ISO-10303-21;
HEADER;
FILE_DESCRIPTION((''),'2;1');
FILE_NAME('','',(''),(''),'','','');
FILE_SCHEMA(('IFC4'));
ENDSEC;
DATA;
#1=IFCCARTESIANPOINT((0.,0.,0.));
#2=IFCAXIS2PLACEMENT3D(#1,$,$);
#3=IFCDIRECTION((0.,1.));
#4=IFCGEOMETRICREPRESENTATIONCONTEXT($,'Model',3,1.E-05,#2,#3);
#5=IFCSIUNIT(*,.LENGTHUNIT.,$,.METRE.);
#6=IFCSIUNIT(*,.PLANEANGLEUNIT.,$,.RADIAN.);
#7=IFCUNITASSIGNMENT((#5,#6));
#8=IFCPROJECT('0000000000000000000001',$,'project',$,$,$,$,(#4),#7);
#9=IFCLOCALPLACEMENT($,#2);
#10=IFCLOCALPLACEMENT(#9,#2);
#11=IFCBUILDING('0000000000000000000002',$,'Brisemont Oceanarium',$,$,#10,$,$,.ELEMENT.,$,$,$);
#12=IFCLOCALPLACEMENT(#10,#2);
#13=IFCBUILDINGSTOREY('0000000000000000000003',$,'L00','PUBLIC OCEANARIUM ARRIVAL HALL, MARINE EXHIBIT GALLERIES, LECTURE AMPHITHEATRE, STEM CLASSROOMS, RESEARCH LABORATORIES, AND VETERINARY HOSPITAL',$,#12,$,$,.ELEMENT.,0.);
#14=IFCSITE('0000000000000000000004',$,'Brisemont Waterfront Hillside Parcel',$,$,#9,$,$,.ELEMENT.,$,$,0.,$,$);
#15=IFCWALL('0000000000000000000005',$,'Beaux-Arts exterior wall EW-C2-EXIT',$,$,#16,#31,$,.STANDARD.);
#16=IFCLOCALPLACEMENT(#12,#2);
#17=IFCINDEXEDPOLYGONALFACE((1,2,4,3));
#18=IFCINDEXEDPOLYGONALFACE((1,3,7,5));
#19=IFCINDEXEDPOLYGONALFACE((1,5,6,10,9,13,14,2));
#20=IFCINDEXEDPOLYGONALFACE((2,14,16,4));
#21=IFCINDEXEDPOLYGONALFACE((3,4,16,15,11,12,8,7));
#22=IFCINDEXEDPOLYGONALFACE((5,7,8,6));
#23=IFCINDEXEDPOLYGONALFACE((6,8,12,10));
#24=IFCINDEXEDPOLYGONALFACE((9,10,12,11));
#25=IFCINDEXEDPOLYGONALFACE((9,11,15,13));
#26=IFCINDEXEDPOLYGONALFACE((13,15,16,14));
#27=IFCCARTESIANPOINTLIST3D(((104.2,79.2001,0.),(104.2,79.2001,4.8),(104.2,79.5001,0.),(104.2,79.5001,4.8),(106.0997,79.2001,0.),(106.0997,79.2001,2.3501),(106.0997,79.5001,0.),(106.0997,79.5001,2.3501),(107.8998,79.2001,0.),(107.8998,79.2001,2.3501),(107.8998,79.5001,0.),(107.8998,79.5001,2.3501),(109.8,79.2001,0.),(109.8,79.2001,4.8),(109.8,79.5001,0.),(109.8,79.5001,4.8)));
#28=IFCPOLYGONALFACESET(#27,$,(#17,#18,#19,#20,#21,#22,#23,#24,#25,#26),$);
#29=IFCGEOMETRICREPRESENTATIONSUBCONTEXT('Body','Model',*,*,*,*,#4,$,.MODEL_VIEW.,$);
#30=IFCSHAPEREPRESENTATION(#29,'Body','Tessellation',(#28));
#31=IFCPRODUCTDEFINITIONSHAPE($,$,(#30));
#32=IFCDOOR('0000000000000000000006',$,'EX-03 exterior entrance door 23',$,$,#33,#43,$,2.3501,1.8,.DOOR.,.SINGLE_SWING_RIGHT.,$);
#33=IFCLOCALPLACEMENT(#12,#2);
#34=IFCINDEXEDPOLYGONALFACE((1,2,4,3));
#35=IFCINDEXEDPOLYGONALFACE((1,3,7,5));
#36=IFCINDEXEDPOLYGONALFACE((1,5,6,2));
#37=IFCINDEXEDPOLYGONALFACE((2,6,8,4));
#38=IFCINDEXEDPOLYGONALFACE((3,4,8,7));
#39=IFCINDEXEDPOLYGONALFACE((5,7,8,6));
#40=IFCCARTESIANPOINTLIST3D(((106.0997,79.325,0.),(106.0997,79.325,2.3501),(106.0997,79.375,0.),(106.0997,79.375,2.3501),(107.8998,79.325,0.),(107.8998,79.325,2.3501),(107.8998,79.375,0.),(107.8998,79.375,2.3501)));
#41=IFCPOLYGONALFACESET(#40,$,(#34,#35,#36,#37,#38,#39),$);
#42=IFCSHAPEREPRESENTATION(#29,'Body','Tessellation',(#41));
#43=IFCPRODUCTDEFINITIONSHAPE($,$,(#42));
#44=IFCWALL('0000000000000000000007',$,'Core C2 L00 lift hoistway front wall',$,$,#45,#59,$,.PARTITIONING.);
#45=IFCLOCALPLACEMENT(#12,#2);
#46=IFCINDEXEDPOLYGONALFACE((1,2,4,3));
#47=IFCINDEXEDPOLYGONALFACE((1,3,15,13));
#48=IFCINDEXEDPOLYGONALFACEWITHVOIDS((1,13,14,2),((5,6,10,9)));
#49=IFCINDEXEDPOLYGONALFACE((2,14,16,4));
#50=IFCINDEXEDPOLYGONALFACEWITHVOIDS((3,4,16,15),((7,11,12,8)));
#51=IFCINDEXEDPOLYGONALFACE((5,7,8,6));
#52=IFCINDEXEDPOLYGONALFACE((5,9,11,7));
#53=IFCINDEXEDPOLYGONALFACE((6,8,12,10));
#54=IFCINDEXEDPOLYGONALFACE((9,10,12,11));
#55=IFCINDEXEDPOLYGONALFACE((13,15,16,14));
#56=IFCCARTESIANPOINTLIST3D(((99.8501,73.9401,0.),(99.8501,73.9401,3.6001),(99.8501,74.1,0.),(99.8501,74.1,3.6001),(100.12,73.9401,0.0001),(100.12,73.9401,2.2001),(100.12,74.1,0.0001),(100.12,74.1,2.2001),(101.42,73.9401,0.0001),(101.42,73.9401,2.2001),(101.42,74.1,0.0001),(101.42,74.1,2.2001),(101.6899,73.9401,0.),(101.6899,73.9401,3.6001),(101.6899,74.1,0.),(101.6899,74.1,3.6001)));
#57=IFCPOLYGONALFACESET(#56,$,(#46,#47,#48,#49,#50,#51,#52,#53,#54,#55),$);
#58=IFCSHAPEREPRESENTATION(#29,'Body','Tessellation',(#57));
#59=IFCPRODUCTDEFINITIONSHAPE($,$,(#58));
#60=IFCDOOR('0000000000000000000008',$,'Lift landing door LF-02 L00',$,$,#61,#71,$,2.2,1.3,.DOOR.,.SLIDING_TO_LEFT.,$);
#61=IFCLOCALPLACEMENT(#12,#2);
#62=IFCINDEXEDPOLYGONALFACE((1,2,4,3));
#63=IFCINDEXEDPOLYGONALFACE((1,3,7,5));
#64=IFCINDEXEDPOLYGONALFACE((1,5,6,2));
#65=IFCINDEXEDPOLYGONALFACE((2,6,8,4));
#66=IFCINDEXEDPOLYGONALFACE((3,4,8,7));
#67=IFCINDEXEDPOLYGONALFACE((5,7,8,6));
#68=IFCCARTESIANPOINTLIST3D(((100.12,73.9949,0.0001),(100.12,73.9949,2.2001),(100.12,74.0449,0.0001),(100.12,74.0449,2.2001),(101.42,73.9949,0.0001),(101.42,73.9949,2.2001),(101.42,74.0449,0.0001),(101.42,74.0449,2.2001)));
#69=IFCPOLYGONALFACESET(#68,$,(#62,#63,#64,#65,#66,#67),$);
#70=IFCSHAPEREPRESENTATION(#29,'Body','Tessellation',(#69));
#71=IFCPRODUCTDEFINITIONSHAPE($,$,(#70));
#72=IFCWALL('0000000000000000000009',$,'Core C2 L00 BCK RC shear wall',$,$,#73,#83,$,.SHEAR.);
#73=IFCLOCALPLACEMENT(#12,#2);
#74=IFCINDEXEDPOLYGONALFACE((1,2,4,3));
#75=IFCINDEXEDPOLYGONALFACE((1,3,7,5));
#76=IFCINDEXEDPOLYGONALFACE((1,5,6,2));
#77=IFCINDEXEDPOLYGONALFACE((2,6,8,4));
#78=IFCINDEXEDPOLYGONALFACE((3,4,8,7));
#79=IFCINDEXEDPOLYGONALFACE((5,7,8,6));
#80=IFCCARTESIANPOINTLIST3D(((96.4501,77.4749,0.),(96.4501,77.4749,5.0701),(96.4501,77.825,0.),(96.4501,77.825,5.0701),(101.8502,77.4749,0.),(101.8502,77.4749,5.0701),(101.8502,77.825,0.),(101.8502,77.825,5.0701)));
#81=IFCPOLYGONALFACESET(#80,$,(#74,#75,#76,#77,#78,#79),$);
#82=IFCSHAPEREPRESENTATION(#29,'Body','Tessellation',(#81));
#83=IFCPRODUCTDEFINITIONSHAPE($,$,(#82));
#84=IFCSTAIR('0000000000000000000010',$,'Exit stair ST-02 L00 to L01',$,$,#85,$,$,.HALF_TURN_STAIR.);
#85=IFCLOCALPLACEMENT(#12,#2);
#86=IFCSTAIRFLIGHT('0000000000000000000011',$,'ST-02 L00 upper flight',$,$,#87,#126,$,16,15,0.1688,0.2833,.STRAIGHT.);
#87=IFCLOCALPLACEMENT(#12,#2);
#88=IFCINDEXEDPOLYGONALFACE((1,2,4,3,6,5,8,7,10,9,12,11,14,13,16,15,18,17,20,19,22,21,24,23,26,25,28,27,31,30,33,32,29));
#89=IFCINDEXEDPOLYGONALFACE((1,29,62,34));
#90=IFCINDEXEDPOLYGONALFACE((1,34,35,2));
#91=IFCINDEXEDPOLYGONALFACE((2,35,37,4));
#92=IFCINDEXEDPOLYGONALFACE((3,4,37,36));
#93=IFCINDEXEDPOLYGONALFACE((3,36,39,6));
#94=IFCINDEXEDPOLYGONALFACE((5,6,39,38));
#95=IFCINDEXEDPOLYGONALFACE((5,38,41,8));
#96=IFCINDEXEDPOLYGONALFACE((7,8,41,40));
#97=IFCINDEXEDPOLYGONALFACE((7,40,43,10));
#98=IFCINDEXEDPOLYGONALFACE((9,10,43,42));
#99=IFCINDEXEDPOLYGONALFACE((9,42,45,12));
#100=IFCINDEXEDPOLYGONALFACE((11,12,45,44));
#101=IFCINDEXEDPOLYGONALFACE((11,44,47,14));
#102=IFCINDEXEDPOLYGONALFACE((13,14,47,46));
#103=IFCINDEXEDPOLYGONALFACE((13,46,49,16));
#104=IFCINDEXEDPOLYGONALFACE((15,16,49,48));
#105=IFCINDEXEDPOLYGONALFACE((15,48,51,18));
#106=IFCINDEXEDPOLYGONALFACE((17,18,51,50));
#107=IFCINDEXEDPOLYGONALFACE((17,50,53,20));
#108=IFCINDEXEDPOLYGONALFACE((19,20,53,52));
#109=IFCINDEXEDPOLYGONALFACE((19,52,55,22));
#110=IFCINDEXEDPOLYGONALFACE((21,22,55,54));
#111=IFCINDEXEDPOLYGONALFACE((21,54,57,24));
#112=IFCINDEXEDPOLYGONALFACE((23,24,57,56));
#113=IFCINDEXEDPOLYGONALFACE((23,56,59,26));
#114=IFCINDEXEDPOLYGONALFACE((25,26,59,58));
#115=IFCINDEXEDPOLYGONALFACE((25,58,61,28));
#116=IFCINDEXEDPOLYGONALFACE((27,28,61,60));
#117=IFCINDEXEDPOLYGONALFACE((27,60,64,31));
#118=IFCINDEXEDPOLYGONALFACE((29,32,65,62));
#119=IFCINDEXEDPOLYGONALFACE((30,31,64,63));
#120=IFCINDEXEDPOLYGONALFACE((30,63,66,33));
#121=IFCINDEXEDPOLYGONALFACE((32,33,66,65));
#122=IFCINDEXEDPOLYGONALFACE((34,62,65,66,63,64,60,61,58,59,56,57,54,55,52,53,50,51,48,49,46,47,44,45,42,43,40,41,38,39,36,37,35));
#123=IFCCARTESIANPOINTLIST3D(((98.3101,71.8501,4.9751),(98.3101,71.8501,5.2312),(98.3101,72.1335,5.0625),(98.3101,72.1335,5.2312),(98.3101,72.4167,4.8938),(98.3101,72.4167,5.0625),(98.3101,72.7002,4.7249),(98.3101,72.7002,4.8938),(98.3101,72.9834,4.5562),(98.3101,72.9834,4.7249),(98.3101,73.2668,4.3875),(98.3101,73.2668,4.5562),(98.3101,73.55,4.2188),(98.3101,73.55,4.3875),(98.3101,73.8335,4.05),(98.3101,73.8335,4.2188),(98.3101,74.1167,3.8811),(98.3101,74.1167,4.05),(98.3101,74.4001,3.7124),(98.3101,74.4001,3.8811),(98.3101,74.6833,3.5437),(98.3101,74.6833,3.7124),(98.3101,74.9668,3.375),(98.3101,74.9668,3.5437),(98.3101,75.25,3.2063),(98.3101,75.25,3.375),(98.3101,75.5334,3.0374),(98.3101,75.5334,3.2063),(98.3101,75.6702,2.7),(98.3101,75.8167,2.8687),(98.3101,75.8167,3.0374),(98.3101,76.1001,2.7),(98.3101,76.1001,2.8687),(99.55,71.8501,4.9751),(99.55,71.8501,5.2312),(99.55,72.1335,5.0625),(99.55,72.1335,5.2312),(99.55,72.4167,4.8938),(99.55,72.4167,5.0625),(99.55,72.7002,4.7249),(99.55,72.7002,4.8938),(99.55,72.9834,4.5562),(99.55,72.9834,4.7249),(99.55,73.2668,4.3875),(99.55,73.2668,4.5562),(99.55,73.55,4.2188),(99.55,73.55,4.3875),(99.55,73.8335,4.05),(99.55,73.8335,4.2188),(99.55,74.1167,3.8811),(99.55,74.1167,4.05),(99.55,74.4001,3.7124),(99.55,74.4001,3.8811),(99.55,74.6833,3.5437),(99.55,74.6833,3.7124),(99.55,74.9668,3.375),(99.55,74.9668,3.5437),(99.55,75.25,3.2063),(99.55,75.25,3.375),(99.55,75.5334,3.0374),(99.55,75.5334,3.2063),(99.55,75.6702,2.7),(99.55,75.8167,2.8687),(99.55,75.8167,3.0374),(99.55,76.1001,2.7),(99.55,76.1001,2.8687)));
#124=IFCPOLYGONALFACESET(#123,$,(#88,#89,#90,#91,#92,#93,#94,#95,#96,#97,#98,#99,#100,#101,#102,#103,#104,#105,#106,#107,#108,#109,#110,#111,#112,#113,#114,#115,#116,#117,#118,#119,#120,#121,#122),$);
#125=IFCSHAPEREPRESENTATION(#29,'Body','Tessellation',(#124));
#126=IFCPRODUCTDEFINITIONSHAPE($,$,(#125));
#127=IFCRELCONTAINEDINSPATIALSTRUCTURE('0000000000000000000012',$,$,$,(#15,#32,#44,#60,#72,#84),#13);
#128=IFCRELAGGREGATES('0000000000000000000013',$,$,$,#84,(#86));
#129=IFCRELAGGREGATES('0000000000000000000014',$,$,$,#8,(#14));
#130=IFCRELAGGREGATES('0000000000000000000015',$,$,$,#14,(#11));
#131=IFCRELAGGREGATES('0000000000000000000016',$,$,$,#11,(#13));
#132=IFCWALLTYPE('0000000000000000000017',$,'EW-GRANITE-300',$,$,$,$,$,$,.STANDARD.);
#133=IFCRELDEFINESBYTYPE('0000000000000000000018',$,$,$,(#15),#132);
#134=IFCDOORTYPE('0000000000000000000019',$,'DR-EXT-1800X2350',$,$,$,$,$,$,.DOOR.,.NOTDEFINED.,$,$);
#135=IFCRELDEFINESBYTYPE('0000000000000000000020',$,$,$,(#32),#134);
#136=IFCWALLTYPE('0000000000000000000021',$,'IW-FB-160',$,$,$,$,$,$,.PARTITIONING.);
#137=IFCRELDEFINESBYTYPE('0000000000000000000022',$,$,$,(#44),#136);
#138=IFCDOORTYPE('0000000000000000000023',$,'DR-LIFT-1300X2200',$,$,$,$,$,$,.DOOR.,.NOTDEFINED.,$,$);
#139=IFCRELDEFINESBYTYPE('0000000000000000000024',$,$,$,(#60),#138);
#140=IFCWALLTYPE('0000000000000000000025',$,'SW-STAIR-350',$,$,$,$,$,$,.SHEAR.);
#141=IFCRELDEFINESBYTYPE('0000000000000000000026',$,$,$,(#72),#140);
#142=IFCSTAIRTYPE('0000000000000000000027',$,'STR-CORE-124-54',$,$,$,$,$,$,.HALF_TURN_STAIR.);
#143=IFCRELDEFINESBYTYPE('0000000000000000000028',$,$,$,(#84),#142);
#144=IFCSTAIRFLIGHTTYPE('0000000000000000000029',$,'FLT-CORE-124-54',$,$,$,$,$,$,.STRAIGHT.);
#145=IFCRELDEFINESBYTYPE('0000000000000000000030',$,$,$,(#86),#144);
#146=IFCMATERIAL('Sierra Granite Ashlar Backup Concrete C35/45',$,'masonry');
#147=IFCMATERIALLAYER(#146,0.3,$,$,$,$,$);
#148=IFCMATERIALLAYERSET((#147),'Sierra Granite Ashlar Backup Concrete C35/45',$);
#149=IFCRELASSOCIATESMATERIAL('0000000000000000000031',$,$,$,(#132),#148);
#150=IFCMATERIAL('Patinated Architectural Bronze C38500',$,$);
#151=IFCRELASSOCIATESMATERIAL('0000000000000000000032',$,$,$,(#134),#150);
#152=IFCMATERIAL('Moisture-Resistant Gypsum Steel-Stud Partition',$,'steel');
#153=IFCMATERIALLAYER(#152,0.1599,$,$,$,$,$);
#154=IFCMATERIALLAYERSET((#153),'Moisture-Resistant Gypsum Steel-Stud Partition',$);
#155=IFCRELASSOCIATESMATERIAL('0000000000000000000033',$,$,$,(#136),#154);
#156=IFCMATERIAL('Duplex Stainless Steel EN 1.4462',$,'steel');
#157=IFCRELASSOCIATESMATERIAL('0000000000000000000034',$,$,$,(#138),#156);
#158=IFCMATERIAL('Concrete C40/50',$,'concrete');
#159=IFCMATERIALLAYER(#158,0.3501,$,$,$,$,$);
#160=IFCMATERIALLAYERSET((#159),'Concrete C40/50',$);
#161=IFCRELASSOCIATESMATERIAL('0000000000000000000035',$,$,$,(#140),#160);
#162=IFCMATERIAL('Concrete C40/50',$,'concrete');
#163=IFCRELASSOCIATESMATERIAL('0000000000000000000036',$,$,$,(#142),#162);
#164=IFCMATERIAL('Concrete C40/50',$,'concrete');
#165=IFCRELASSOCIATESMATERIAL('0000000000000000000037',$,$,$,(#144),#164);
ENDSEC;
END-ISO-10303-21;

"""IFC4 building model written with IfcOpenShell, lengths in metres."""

from ifc_helpers import new_model, si_unit, direction, frame, frame_2d, origin, place, context, subcontext, project, spatial, polyline, rectangle, outline, extrude, material, layer, layer_set, type_object, element, fill, aggregate, save


model = new_model("IFC4")

# Units and contexts
model_context = context("Model", 3, precision=1e-05, world=origin(), true_north=direction((0.0, 1.0)))
body_context = subcontext(model_context, "Body", "Model", "MODEL_VIEW")
ifc_project = project(units=[si_unit("LENGTHUNIT", "METRE"), si_unit("PLANEANGLEUNIT", "RADIAN")], contexts=[model_context])

# Site, building, storey
site_placement = place(None, origin())
site = spatial("IfcSite", under=ifc_project, at=site_placement, Name="Brisemont Waterfront Hillside Parcel", CompositionType="ELEMENT", RefElevation=0.0)
building_placement = place(site_placement, origin())
building = spatial("IfcBuilding", under=site, at=building_placement, Name="Brisemont Oceanarium", CompositionType="ELEMENT")
storey_placement = place(building_placement, origin())
storey = spatial("IfcBuildingStorey", under=building, at=storey_placement, Name="L00", Description="PUBLIC OCEANARIUM ARRIVAL HALL, MARINE EXHIBIT GALLERIES, LECTURE AMPHITHEATRE, STEM CLASSROOMS, RESEARCH LABORATORIES, AND VETERINARY HOSPITAL", CompositionType="ELEMENT", Elevation=0.0)

# Walls, openings, doors
ifc_material_1 = material(Name="Sierra Granite Ashlar Backup Concrete C35/45", Category="masonry")
ifc_layer_1 = layer(ifc_material_1, 0.3)
ifc_layer_set_1 = layer_set([ifc_layer_1], Name="Sierra Granite Ashlar Backup Concrete C35/45")
wall_type_1 = type_object("IfcWallType", Name="EW-GRANITE-300", PredefinedType="STANDARD", material=ifc_layer_set_1)
wall_1_placement = place(storey_placement, frame((104.2, 79.3501, 0.0), z_axis=(0.0, 0.0, 1.0), x_axis=(1.0, 0.0, 0.0)))
wall_1 = element("IfcWall", 1, at=wall_1_placement, inside=storey, type_object=wall_type_1, Name="Beaux-Arts exterior wall EW-C2-EXIT", PredefinedType="STANDARD", context=body_context, shape_type="SweptSolid", body=[
    extrude(rectangle(XDim=5.6001, YDim=0.3, at=frame_2d((2.8, 0.0))), origin(), (0.0, 0.0, 1.0), 4.8),
])
opening_1_placement = place(wall_1_placement, frame((1.8999, 0.0, 0.0)))
opening_1 = element("IfcOpeningElement", 2, at=opening_1_placement, cuts=wall_1, PredefinedType="OPENING", context=body_context, shape_type="SweptSolid", body=[
    extrude(rectangle(XDim=1.8, YDim=2.3501, at=frame_2d((0.8999, 1.175))), frame((0.0, 0.1599, 0.0), z_axis=(0.0, -1.0, 0.0), x_axis=(1.0, 0.0, 0.0)), (0.0, 0.0, 1.0), 0.3201),
])
ifc_material_2 = material(Name="Patinated Architectural Bronze C38500")
door_type_1 = type_object("IfcDoorType", Name="DR-EXT-1800X2350", OperationType="NOTDEFINED", PredefinedType="DOOR", material=ifc_material_2)
door_1_placement = place(opening_1_placement, origin())
door_1 = element("IfcDoor", 3, at=door_1_placement, inside=storey, type_object=door_type_1, Name="EX-03 exterior entrance door 23", OperationType="SINGLE_SWING_RIGHT", OverallHeight=2.3501, OverallWidth=1.8, PredefinedType="DOOR", context=body_context, shape_type="SweptSolid", body=[
    extrude(rectangle(XDim=1.8, YDim=2.3501, at=frame_2d((0.8999, 1.175))), frame((0.0, 0.0249, 0.0), z_axis=(0.0, -1.0, 0.0), x_axis=(1.0, 0.0, 0.0)), (0.0, 0.0, 1.0), 0.05),
])
fill(opening_1, door_1)
ifc_material_3 = material(Name="Moisture-Resistant Gypsum Steel-Stud Partition", Category="steel")
ifc_layer_2 = layer(ifc_material_3, 0.1599)
ifc_layer_set_2 = layer_set([ifc_layer_2], Name="Moisture-Resistant Gypsum Steel-Stud Partition")
wall_type_2 = type_object("IfcWallType", Name="IW-FB-160", PredefinedType="PARTITIONING", material=ifc_layer_set_2)
wall_2_placement = place(storey_placement, frame((99.8501, 74.02, 0.0), z_axis=(0.0, 0.0, 1.0), x_axis=(1.0, 0.0, 0.0)))
wall_2 = element("IfcWall", 4, at=wall_2_placement, inside=storey, type_object=wall_type_2, Name="Core C2 L00 lift hoistway front wall", PredefinedType="PARTITIONING", context=body_context, shape_type="SweptSolid", body=[
    extrude(rectangle(XDim=1.8398, YDim=0.1599, at=frame_2d((0.9199, 0.0))), origin(), (0.0, 0.0, 1.0), 3.6001),
])
opening_2_placement = place(wall_2_placement, frame((0.27, 0.0, 0.0)))
opening_2 = element("IfcOpeningElement", 5, at=opening_2_placement, cuts=wall_2, PredefinedType="OPENING", context=body_context, shape_type="SweptSolid", body=[
    extrude(rectangle(XDim=1.3, YDim=2.2, at=frame_2d((0.6499, 1.1001))), frame((0.0, 0.0898, 0.0), z_axis=(0.0, -1.0, 0.0), x_axis=(1.0, 0.0, 0.0)), (0.0, 0.0, 1.0), 0.1799),
])
ifc_material_4 = material(Name="Duplex Stainless Steel EN 1.4462", Category="steel")
door_type_2 = type_object("IfcDoorType", Name="DR-LIFT-1300X2200", OperationType="NOTDEFINED", PredefinedType="DOOR", material=ifc_material_4)
door_2_placement = place(opening_2_placement, origin())
door_2 = element("IfcDoor", 6, at=door_2_placement, inside=storey, type_object=door_type_2, Name="Lift landing door LF-02 L00", OperationType="SLIDING_TO_LEFT", OverallHeight=2.2, OverallWidth=1.3, PredefinedType="DOOR", context=body_context, shape_type="SweptSolid", body=[
    extrude(rectangle(XDim=1.3, YDim=2.2, at=frame_2d((0.6499, 1.1001))), frame((0.0, 0.0249, 0.0), z_axis=(0.0, -1.0, 0.0), x_axis=(1.0, 0.0, 0.0)), (0.0, 0.0, 1.0), 0.05),
])
fill(opening_2, door_2)

# Wall
ifc_material_5 = material(Name="Concrete C40/50", Category="concrete")
ifc_layer_3 = layer(ifc_material_5, 0.3501)
ifc_layer_set_3 = layer_set([ifc_layer_3], Name="Concrete C40/50")
wall_type_3 = type_object("IfcWallType", Name="SW-STAIR-350", PredefinedType="SHEAR", material=ifc_layer_set_3)
wall_3_placement = place(storey_placement, frame((96.45, 77.6499, 0.0), z_axis=(0.0, 0.0, 1.0), x_axis=(1.0, 0.0, 0.0)))
element("IfcWall", 7, at=wall_3_placement, inside=storey, type_object=wall_type_3, Name="Core C2 L00 BCK RC shear wall", PredefinedType="SHEAR", context=body_context, shape_type="SweptSolid", body=[
    extrude(rectangle(XDim=5.4001, YDim=0.3501, at=frame_2d((2.7002, 0.0))), origin(), (0.0, 0.0, 1.0), 5.0701),
])

# Stair, stair flight
ifc_material_6 = material(Name="Concrete C40/50", Category="concrete")
stair_type = type_object("IfcStairType", Name="STR-CORE-124-54", PredefinedType="HALF_TURN_STAIR", material=ifc_material_6)
stair_placement = place(storey_placement, origin())
stair = element("IfcStair", 8, at=stair_placement, inside=storey, type_object=stair_type, Name="Exit stair ST-02 L00 to L01", PredefinedType="HALF_TURN_STAIR")
ifc_material_7 = material(Name="Concrete C40/50", Category="concrete")
stair_flight_type = type_object("IfcStairFlightType", Name="FLT-CORE-124-54", PredefinedType="STRAIGHT", material=ifc_material_7)
stair_flight_placement = place(storey_placement, frame((98.9299, 76.1001, 2.7), z_axis=(0.0, 0.0, 1.0), x_axis=(0.0, -1.0, 0.0)))
stair_flight = element("IfcStairFlight", 9, at=stair_flight_placement, type_object=stair_flight_type, Name="ST-02 L00 upper flight", NumberOfRisers=16, NumberOfTreads=15, PredefinedType="STRAIGHT", RiserHeight=0.1688, TreadLength=0.2833, context=body_context, shape_type="SweptSolid", body=[
    extrude(outline(polyline([(0.0, 0.0), (0.0, 0.1687), (0.2834, 0.1687), (0.2834, 0.3374), (0.5667, 0.3374), (0.5667, 0.5063), (0.8501, 0.5063), (0.8501, 0.675), (1.1333, 0.675), (1.1333, 0.8438), (1.4167, 0.8438), (1.4167, 1.0125), (1.7, 1.0125), (1.7, 1.1812), (1.9834, 1.1812), (1.9834, 1.3501), (2.2666, 1.3501), (2.2666, 1.5188), (2.55, 1.5188), (2.55, 1.6875), (2.8333, 1.6875), (2.8333, 1.8562), (3.1167, 1.8562), (3.1167, 2.0249), (3.3999, 2.0249), (3.3999, 2.1938), (3.6833, 2.1938), (3.6833, 2.3625), (3.9666, 2.3625), (3.9666, 2.5312), (4.25, 2.5312), (4.25, 2.7), (4.25, 2.2751), (0.4299, 0.0), (0.0, 0.0)])), frame((0.0, 0.6201, 0.0), z_axis=(0.0, -1.0, 0.0), x_axis=(1.0, 0.0, 0.0)), (0.0, 0.0, 1.0), 1.24),
])
aggregate(stair, [stair_flight])

save(model, "model.ifc")
